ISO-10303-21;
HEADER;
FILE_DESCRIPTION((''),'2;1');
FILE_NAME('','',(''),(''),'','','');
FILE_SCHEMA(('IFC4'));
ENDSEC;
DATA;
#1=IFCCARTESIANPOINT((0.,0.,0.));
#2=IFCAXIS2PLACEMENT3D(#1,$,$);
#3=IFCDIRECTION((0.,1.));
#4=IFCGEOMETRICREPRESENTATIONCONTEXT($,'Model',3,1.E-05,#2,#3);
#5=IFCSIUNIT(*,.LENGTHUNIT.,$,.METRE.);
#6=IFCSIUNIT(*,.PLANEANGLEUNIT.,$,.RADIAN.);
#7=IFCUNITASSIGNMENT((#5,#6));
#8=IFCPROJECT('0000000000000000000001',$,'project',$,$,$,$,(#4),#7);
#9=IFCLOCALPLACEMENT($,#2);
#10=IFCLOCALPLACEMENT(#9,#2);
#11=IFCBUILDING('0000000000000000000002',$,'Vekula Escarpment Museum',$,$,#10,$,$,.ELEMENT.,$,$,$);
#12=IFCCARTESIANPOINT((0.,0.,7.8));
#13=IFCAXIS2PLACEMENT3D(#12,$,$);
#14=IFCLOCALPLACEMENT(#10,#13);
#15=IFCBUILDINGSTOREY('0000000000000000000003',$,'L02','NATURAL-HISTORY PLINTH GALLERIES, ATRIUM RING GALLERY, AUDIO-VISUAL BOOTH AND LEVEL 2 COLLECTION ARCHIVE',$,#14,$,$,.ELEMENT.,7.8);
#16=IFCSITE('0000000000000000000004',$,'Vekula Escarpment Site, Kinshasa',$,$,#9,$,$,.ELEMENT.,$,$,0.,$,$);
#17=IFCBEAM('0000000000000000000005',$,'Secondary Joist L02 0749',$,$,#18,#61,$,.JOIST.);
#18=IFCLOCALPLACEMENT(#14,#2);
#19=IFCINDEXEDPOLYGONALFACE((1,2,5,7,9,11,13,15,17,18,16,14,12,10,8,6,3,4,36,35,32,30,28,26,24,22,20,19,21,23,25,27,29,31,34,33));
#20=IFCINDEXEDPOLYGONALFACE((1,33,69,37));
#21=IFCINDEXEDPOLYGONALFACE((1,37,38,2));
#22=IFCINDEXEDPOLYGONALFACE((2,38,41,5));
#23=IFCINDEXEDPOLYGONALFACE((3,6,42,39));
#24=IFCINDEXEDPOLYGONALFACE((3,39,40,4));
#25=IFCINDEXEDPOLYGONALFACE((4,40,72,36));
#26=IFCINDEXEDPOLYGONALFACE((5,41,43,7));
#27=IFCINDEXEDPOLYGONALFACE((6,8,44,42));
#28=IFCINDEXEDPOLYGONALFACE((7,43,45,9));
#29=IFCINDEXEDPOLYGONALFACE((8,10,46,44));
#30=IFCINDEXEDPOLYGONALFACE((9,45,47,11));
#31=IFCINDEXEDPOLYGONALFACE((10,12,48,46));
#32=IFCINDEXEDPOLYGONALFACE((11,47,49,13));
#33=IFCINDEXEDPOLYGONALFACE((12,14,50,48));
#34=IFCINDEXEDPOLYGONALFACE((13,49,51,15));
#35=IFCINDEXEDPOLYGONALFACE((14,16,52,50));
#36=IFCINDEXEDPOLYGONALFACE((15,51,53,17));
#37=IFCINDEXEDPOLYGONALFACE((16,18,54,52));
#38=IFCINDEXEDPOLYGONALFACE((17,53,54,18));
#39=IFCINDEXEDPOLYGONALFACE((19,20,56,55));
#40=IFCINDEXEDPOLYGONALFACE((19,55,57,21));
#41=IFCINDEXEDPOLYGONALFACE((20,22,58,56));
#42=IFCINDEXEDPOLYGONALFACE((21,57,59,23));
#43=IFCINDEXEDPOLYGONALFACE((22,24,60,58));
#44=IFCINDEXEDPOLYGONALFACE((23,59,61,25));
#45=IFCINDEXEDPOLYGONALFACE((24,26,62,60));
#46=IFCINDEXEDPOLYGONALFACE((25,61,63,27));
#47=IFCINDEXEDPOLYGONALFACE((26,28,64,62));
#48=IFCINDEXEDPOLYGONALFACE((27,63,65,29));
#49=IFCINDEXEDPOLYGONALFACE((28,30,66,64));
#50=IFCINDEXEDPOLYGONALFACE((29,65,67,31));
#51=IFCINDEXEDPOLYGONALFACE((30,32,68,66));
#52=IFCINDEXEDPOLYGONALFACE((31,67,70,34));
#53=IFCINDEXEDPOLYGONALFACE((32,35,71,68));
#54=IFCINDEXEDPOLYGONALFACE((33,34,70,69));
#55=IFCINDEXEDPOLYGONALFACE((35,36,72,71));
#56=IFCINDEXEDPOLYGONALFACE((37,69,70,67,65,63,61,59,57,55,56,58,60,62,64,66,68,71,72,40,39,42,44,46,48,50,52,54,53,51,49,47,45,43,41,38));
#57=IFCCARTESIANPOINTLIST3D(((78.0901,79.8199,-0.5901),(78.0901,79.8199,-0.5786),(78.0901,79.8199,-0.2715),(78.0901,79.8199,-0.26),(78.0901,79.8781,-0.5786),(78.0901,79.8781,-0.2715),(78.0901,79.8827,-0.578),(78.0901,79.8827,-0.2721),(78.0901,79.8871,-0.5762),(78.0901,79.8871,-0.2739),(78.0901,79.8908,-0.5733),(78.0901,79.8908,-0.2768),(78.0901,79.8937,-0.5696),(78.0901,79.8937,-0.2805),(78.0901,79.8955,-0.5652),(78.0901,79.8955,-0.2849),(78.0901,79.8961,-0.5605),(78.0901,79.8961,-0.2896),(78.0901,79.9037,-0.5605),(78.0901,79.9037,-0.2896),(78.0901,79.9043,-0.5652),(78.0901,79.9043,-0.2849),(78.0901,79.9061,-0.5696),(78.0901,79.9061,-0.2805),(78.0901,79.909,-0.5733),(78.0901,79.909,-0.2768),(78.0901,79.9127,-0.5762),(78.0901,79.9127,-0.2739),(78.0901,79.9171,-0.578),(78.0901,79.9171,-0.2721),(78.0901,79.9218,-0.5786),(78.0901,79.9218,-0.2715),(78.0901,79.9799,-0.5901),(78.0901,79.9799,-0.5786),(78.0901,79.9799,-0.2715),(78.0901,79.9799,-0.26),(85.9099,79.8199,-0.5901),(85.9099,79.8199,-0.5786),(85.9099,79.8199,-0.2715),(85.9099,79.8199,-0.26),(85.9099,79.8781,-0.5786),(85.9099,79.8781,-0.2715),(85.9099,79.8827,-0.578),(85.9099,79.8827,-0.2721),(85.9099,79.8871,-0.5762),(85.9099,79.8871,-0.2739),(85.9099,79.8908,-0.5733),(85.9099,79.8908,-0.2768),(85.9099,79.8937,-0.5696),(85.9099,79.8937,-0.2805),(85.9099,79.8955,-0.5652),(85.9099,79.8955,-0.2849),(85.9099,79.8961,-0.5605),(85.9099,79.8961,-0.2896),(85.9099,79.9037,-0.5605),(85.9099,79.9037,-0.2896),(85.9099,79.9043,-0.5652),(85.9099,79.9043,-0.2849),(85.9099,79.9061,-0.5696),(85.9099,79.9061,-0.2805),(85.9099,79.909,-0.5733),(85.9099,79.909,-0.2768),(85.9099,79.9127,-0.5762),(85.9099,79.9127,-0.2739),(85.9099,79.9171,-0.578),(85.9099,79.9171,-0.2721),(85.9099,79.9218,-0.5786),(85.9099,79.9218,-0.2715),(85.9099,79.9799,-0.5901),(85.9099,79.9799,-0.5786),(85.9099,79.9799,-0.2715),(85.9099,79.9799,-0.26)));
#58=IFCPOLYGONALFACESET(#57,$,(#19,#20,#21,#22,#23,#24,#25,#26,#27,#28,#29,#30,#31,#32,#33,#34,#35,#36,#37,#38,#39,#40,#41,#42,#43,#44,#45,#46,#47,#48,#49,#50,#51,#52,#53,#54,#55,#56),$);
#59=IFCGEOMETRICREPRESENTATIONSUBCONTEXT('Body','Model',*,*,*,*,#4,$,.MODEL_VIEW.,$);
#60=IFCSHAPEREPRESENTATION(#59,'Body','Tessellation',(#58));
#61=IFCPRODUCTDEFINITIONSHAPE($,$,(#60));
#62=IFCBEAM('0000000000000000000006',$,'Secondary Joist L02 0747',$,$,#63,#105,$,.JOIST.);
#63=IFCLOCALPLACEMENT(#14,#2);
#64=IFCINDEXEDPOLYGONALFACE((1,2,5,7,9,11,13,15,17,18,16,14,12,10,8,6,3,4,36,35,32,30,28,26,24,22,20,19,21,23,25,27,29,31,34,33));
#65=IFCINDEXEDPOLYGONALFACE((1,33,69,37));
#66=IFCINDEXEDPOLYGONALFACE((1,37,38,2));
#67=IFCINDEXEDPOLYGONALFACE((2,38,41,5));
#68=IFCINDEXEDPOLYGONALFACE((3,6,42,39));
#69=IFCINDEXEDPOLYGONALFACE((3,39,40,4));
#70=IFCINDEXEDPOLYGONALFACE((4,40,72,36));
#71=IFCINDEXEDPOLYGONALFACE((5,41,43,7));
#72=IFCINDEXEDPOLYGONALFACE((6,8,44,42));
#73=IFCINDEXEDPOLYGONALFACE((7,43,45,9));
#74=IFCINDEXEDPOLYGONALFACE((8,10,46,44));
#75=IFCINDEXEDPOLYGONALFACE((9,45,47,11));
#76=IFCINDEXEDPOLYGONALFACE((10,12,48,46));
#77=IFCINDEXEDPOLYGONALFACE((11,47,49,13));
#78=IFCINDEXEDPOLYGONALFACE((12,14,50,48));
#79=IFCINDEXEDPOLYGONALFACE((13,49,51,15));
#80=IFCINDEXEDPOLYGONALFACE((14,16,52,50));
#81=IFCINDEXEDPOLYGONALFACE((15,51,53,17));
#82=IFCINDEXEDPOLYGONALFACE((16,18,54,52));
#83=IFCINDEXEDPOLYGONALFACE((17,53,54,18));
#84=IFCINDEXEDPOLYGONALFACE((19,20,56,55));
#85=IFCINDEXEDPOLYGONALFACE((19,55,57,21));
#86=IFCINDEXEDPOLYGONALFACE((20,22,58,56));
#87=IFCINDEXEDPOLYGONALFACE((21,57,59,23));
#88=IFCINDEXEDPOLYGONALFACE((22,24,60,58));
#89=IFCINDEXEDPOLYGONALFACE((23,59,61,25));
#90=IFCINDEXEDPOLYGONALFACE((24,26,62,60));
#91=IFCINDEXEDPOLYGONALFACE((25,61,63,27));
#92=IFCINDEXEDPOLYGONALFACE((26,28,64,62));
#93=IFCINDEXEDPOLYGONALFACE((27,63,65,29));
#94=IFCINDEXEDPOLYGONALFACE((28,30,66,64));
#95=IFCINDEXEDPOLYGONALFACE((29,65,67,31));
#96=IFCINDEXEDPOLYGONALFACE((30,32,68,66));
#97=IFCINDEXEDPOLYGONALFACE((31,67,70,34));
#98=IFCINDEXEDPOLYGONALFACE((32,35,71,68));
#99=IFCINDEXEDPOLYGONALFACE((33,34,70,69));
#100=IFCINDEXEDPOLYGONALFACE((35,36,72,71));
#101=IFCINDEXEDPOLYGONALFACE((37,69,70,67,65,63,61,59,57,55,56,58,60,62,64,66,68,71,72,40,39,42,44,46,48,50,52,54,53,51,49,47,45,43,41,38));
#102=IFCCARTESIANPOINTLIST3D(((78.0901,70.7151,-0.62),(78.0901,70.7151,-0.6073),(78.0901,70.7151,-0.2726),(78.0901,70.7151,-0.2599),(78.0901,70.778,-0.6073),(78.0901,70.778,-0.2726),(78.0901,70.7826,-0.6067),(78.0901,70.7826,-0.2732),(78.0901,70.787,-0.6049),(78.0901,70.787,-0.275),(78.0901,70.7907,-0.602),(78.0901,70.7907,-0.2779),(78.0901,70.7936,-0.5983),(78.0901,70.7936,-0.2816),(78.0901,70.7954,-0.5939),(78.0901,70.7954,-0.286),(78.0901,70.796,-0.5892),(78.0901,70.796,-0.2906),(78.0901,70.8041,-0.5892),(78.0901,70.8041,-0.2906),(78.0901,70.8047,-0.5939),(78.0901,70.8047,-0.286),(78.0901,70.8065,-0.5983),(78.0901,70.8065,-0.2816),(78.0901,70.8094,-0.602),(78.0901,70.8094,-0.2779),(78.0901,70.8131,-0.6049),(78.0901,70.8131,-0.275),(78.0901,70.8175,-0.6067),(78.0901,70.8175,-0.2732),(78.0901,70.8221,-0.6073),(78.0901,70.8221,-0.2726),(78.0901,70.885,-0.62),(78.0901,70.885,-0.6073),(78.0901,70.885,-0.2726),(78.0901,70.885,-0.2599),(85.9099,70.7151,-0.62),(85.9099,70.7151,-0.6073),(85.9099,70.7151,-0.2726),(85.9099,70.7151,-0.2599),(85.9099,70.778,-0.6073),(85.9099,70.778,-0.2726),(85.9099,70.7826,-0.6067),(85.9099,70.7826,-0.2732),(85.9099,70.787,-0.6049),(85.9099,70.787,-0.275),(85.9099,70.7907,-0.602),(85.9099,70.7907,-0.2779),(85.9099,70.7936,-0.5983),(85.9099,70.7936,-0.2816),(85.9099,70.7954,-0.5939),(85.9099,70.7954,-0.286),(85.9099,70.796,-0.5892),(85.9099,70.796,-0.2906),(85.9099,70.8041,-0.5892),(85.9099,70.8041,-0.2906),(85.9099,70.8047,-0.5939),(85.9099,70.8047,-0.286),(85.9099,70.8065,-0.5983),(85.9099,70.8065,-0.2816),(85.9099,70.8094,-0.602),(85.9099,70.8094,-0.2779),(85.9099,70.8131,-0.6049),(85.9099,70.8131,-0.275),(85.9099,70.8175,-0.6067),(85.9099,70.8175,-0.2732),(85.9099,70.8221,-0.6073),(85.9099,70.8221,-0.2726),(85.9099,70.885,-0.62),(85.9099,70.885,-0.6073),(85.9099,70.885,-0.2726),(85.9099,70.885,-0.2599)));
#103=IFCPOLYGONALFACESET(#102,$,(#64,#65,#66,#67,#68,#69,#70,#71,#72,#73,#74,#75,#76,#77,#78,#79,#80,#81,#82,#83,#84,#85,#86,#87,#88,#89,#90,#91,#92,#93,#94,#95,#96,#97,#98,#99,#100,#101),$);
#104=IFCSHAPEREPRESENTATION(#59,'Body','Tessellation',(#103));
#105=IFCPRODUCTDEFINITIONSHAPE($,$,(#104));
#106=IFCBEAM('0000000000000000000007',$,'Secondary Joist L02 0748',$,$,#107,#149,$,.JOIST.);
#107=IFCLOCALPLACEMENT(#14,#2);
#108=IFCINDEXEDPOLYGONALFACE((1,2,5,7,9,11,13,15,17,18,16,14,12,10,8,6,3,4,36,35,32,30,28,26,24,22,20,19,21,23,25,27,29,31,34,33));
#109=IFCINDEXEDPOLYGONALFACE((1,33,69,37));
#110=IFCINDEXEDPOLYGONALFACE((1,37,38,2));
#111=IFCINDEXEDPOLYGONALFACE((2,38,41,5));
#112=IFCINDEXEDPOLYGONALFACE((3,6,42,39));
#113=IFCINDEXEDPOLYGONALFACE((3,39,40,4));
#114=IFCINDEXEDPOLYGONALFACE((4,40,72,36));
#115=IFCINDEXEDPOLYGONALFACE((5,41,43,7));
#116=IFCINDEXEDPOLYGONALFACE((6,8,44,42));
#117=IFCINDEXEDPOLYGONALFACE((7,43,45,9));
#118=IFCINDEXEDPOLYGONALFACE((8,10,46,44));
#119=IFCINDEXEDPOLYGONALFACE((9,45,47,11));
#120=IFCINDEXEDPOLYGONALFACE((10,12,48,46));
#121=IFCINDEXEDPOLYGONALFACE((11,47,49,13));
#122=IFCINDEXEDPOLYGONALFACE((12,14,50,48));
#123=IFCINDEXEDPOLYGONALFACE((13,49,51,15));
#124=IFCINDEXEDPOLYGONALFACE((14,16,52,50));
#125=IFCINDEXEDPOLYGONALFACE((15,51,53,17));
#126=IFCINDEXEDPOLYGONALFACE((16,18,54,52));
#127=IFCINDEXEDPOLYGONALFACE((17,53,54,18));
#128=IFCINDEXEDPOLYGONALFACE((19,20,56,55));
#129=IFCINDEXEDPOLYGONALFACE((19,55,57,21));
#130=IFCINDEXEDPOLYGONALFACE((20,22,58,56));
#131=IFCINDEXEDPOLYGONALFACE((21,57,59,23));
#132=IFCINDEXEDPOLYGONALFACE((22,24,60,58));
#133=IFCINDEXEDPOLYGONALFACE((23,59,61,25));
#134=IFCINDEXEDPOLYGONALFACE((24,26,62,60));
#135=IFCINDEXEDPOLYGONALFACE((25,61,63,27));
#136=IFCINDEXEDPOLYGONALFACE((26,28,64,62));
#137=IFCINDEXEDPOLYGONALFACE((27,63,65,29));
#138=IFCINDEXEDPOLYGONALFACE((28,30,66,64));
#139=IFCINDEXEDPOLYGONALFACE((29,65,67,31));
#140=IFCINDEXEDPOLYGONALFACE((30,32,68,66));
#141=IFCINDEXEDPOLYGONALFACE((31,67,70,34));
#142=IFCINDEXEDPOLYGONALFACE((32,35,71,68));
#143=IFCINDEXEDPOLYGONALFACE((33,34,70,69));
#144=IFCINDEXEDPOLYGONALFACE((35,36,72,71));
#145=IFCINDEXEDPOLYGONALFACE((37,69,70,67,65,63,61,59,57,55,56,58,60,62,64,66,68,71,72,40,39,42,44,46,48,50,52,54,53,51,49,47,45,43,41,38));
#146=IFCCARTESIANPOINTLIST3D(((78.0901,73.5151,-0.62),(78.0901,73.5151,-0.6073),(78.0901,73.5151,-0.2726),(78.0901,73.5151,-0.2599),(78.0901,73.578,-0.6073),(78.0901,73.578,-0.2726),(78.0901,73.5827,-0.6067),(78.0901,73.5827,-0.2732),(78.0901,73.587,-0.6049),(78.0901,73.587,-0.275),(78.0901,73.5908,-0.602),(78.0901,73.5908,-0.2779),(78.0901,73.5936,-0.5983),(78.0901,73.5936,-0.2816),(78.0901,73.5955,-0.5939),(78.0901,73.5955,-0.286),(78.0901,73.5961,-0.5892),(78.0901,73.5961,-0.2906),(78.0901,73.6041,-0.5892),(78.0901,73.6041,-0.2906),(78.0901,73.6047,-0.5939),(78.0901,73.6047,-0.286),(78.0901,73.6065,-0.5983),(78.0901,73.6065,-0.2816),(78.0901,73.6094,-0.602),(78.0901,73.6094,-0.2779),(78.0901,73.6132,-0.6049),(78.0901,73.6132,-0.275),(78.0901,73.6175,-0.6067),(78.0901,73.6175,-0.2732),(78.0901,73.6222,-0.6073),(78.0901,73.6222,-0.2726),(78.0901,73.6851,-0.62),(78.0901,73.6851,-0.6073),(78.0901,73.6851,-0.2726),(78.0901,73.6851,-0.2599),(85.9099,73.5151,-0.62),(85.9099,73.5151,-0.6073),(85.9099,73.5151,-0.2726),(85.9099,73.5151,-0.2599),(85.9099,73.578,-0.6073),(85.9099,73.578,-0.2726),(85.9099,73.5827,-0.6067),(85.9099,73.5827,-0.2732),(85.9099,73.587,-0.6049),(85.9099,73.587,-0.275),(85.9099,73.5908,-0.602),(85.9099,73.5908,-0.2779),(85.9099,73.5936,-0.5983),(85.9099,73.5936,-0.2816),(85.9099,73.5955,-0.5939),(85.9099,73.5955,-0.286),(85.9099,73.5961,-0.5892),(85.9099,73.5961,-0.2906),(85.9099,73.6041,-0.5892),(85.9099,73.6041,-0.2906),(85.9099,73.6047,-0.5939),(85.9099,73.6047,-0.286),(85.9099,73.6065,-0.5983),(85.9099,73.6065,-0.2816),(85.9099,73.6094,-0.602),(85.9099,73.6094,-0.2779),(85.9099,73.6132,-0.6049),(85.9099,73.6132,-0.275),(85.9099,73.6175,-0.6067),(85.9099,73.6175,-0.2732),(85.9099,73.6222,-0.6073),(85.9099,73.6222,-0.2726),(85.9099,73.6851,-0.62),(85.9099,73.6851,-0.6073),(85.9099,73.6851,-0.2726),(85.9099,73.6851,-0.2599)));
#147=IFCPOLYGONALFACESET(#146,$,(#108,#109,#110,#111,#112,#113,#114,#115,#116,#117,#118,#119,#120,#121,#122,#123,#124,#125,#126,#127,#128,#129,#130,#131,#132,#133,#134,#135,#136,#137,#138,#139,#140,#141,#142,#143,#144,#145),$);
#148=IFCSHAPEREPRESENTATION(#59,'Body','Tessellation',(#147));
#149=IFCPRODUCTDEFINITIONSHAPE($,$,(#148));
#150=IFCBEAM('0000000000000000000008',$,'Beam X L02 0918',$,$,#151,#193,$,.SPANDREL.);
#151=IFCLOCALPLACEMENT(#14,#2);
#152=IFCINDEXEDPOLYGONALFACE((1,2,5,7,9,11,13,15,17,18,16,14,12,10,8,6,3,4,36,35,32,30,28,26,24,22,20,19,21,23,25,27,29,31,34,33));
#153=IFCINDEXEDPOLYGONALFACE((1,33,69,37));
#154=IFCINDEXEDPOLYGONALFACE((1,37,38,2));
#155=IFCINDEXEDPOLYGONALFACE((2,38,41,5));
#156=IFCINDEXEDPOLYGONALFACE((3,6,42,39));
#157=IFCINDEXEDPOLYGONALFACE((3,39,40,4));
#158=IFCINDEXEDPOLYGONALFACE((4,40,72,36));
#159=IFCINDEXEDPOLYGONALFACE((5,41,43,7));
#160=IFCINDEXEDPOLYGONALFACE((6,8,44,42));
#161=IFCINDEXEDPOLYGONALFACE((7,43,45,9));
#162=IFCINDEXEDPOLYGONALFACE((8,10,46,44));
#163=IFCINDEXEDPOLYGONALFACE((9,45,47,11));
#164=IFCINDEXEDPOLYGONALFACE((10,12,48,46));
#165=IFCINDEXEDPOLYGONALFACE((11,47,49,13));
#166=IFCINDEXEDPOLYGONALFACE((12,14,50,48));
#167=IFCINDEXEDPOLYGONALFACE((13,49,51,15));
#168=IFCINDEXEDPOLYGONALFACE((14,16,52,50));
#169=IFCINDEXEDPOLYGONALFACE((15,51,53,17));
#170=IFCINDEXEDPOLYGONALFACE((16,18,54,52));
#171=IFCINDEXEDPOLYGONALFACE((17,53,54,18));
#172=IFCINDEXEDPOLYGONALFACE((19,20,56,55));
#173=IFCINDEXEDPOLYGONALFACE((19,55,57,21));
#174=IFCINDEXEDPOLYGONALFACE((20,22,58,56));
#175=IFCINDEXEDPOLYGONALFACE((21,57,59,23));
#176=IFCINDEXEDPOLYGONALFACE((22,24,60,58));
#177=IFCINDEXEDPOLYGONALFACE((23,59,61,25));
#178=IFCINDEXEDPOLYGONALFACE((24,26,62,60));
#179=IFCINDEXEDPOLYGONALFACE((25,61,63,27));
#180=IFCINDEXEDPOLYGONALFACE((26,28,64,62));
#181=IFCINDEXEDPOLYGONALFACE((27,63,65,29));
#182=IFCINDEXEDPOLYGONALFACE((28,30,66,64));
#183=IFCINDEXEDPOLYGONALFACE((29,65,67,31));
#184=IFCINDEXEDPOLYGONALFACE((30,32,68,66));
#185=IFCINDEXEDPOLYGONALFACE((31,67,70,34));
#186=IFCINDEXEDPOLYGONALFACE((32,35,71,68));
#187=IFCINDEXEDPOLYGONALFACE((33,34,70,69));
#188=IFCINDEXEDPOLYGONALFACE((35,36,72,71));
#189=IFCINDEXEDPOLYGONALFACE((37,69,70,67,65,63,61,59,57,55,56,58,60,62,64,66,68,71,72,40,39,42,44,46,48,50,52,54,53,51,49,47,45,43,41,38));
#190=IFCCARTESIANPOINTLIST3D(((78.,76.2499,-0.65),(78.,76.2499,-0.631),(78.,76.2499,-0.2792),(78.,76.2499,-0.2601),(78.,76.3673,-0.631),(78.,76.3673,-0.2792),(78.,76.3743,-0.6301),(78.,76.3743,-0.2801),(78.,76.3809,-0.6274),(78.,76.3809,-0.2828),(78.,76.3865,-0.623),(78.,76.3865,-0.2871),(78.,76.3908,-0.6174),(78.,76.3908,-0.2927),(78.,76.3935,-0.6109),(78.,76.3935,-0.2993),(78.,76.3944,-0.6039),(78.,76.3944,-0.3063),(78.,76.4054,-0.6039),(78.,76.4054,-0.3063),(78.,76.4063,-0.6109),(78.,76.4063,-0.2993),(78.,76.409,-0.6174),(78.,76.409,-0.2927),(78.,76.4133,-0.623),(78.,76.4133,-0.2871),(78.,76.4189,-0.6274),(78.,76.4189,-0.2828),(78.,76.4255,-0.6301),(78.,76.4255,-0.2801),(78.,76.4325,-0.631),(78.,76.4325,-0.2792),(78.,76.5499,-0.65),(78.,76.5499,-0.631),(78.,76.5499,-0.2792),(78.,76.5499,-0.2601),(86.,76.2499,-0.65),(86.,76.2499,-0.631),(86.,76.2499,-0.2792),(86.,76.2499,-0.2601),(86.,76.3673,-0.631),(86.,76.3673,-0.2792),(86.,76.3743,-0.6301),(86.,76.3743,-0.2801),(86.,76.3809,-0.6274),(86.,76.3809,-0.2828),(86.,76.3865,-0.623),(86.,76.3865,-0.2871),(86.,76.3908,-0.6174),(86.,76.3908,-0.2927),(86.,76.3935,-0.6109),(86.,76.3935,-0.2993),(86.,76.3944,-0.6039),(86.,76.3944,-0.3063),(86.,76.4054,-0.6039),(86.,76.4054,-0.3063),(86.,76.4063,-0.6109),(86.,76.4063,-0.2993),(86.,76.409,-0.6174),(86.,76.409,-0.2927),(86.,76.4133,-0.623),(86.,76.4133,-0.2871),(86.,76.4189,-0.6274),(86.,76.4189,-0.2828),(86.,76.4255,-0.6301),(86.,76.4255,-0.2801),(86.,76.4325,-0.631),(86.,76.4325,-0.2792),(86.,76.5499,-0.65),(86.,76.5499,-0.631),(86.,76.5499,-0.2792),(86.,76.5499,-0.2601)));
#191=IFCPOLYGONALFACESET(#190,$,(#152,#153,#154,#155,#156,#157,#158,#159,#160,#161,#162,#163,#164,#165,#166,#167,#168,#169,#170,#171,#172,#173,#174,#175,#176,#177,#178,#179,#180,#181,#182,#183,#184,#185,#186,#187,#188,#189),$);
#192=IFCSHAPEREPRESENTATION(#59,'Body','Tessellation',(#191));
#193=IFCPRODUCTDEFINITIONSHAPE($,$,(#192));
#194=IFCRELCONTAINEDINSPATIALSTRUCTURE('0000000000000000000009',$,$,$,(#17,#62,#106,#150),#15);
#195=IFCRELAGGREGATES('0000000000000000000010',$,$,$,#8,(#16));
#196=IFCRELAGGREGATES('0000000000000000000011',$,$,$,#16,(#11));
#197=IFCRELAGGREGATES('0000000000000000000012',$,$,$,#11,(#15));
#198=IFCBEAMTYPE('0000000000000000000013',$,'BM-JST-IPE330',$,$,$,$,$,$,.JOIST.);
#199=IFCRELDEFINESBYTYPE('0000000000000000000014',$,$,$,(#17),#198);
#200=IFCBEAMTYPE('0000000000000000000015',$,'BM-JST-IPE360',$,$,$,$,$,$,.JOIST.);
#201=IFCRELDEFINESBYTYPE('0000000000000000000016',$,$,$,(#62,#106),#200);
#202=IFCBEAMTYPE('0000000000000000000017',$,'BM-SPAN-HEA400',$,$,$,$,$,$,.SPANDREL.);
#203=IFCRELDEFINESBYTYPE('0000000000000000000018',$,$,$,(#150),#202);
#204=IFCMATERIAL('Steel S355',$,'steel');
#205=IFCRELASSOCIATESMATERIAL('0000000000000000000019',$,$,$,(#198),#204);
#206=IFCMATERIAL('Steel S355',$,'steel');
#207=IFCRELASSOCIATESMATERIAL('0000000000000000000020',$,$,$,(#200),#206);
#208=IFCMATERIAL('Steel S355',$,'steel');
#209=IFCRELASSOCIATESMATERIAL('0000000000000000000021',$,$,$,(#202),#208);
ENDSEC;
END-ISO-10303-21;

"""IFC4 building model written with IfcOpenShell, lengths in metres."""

from ifc_helpers import new_model, si_unit, direction, frame, origin, origin_2d, place, context, subcontext, project, spatial, i_section, extrude, material, material_profile, profile_set, type_object, element, save


model = new_model("IFC4")

# Units and contexts
model_context = context("Model", 3, precision=1e-05, world=origin(), true_north=direction((0.0, 1.0)))
body_context = subcontext(model_context, "Body", "Model", "MODEL_VIEW")
ifc_project = project(units=[si_unit("LENGTHUNIT", "METRE"), si_unit("PLANEANGLEUNIT", "RADIAN")], contexts=[model_context])

# Site, building, storey
site_placement = place(None, origin())
site = spatial("IfcSite", under=ifc_project, at=site_placement, Name="Vekula Escarpment Site, Kinshasa", CompositionType="ELEMENT", RefElevation=0.0)
building_placement = place(site_placement, origin())
building = spatial("IfcBuilding", under=site, at=building_placement, Name="Vekula Escarpment Museum", CompositionType="ELEMENT")
storey_placement = place(building_placement, frame((0.0, 0.0, 7.8)))
storey = spatial("IfcBuildingStorey", under=building, at=storey_placement, Name="L02", Description="NATURAL-HISTORY PLINTH GALLERIES, ATRIUM RING GALLERY, AUDIO-VISUAL BOOTH AND LEVEL 2 COLLECTION ARCHIVE", CompositionType="ELEMENT", Elevation=7.8)

# Beams
ifc_material_1 = material(Name="Steel S355", Category="steel")
ifc_material_profile_1 = material_profile(ifc_material_1, i_section(OverallWidth=0.1599, OverallDepth=0.3301, WebThickness=0.0076, FlangeThickness=0.0115, FilletRadius=0.0181, at=origin_2d()), Name="IPE 330")
ifc_profile_set_1 = profile_set([ifc_material_profile_1], Name="Steel S355")
beam_type_1 = type_object("IfcBeamType", Name="BM-JST-IPE330", PredefinedType="JOIST", material=ifc_profile_set_1)
beam_1_placement = place(storey_placement, frame((78.0901, 79.8999, -0.425), z_axis=(1.0, 0.0, 0.0), x_axis=(0.0, 1.0, 0.0)))
element("IfcBeam", 1, at=beam_1_placement, inside=storey, type_object=beam_type_1, Name="Secondary Joist L02 0749", PredefinedType="JOIST", context=body_context, shape_type="SweptSolid", body=[
    extrude(i_section(OverallWidth=0.1599, OverallDepth=0.3301, WebThickness=0.0076, FlangeThickness=0.0115, FilletRadius=0.0181, at=origin_2d()), origin(), (0.0, 0.0, 1.0), 7.8198),
])
ifc_material_2 = material(Name="Steel S355", Category="steel")
ifc_material_profile_2 = material_profile(ifc_material_2, i_section(OverallWidth=0.1699, OverallDepth=0.3601, WebThickness=0.0081, FlangeThickness=0.0127, FilletRadius=0.0181, at=origin_2d()), Name="IPE 360")
ifc_profile_set_2 = profile_set([ifc_material_profile_2], Name="Steel S355")
beam_type_2 = type_object("IfcBeamType", Name="BM-JST-IPE360", PredefinedType="JOIST", material=ifc_profile_set_2)
for number, where, z_axis, x_axis, name in (
    (2, (78.0901, 70.8, -0.4399), (1.0, 0.0, 0.0), (0.0, 1.0, 0.0), "Secondary Joist L02 0747"),
    (3, (78.0901, 73.6001, -0.4399), (1.0, 0.0, 0.0), (0.0, 1.0, 0.0), "Secondary Joist L02 0748"),
):
    element("IfcBeam", number, at=place(storey_placement, frame(where, z_axis=z_axis, x_axis=x_axis)), inside=storey, type_object=beam_type_2, Name=name, PredefinedType="JOIST", context=body_context, shape_type="SweptSolid", body=[
        extrude(i_section(OverallWidth=0.1699, OverallDepth=0.3601, WebThickness=0.0081, FlangeThickness=0.0127, FilletRadius=0.0181, at=origin_2d()), origin(), (0.0, 0.0, 1.0), 7.8198),
    ])
ifc_material_3 = material(Name="Steel S355", Category="steel")
ifc_material_profile_3 = material_profile(ifc_material_3, i_section(OverallWidth=0.3, OverallDepth=0.3899, WebThickness=0.011, FlangeThickness=0.019, FilletRadius=0.0271, at=origin_2d()), Name="HEA 400")
ifc_profile_set_3 = profile_set([ifc_material_profile_3], Name="Steel S355")
beam_type_3 = type_object("IfcBeamType", Name="BM-SPAN-HEA400", PredefinedType="SPANDREL", material=ifc_profile_set_3)
for number, where, z_axis, x_axis, name in (
    (4, (78.0, 76.3999, -0.4551), (1.0, 0.0, 0.0), (0.0, 1.0, 0.0), "Beam X L02 0918"),
):
    element("IfcBeam", number, at=place(storey_placement, frame(where, z_axis=z_axis, x_axis=x_axis)), inside=storey, type_object=beam_type_3, Name=name, PredefinedType="SPANDREL", context=body_context, shape_type="SweptSolid", body=[
        extrude(i_section(OverallWidth=0.3, OverallDepth=0.3899, WebThickness=0.011, FlangeThickness=0.019, FilletRadius=0.0271, at=origin_2d()), origin(), (0.0, 0.0, 1.0), 8.0),
    ])

save(model, "model.ifc")
